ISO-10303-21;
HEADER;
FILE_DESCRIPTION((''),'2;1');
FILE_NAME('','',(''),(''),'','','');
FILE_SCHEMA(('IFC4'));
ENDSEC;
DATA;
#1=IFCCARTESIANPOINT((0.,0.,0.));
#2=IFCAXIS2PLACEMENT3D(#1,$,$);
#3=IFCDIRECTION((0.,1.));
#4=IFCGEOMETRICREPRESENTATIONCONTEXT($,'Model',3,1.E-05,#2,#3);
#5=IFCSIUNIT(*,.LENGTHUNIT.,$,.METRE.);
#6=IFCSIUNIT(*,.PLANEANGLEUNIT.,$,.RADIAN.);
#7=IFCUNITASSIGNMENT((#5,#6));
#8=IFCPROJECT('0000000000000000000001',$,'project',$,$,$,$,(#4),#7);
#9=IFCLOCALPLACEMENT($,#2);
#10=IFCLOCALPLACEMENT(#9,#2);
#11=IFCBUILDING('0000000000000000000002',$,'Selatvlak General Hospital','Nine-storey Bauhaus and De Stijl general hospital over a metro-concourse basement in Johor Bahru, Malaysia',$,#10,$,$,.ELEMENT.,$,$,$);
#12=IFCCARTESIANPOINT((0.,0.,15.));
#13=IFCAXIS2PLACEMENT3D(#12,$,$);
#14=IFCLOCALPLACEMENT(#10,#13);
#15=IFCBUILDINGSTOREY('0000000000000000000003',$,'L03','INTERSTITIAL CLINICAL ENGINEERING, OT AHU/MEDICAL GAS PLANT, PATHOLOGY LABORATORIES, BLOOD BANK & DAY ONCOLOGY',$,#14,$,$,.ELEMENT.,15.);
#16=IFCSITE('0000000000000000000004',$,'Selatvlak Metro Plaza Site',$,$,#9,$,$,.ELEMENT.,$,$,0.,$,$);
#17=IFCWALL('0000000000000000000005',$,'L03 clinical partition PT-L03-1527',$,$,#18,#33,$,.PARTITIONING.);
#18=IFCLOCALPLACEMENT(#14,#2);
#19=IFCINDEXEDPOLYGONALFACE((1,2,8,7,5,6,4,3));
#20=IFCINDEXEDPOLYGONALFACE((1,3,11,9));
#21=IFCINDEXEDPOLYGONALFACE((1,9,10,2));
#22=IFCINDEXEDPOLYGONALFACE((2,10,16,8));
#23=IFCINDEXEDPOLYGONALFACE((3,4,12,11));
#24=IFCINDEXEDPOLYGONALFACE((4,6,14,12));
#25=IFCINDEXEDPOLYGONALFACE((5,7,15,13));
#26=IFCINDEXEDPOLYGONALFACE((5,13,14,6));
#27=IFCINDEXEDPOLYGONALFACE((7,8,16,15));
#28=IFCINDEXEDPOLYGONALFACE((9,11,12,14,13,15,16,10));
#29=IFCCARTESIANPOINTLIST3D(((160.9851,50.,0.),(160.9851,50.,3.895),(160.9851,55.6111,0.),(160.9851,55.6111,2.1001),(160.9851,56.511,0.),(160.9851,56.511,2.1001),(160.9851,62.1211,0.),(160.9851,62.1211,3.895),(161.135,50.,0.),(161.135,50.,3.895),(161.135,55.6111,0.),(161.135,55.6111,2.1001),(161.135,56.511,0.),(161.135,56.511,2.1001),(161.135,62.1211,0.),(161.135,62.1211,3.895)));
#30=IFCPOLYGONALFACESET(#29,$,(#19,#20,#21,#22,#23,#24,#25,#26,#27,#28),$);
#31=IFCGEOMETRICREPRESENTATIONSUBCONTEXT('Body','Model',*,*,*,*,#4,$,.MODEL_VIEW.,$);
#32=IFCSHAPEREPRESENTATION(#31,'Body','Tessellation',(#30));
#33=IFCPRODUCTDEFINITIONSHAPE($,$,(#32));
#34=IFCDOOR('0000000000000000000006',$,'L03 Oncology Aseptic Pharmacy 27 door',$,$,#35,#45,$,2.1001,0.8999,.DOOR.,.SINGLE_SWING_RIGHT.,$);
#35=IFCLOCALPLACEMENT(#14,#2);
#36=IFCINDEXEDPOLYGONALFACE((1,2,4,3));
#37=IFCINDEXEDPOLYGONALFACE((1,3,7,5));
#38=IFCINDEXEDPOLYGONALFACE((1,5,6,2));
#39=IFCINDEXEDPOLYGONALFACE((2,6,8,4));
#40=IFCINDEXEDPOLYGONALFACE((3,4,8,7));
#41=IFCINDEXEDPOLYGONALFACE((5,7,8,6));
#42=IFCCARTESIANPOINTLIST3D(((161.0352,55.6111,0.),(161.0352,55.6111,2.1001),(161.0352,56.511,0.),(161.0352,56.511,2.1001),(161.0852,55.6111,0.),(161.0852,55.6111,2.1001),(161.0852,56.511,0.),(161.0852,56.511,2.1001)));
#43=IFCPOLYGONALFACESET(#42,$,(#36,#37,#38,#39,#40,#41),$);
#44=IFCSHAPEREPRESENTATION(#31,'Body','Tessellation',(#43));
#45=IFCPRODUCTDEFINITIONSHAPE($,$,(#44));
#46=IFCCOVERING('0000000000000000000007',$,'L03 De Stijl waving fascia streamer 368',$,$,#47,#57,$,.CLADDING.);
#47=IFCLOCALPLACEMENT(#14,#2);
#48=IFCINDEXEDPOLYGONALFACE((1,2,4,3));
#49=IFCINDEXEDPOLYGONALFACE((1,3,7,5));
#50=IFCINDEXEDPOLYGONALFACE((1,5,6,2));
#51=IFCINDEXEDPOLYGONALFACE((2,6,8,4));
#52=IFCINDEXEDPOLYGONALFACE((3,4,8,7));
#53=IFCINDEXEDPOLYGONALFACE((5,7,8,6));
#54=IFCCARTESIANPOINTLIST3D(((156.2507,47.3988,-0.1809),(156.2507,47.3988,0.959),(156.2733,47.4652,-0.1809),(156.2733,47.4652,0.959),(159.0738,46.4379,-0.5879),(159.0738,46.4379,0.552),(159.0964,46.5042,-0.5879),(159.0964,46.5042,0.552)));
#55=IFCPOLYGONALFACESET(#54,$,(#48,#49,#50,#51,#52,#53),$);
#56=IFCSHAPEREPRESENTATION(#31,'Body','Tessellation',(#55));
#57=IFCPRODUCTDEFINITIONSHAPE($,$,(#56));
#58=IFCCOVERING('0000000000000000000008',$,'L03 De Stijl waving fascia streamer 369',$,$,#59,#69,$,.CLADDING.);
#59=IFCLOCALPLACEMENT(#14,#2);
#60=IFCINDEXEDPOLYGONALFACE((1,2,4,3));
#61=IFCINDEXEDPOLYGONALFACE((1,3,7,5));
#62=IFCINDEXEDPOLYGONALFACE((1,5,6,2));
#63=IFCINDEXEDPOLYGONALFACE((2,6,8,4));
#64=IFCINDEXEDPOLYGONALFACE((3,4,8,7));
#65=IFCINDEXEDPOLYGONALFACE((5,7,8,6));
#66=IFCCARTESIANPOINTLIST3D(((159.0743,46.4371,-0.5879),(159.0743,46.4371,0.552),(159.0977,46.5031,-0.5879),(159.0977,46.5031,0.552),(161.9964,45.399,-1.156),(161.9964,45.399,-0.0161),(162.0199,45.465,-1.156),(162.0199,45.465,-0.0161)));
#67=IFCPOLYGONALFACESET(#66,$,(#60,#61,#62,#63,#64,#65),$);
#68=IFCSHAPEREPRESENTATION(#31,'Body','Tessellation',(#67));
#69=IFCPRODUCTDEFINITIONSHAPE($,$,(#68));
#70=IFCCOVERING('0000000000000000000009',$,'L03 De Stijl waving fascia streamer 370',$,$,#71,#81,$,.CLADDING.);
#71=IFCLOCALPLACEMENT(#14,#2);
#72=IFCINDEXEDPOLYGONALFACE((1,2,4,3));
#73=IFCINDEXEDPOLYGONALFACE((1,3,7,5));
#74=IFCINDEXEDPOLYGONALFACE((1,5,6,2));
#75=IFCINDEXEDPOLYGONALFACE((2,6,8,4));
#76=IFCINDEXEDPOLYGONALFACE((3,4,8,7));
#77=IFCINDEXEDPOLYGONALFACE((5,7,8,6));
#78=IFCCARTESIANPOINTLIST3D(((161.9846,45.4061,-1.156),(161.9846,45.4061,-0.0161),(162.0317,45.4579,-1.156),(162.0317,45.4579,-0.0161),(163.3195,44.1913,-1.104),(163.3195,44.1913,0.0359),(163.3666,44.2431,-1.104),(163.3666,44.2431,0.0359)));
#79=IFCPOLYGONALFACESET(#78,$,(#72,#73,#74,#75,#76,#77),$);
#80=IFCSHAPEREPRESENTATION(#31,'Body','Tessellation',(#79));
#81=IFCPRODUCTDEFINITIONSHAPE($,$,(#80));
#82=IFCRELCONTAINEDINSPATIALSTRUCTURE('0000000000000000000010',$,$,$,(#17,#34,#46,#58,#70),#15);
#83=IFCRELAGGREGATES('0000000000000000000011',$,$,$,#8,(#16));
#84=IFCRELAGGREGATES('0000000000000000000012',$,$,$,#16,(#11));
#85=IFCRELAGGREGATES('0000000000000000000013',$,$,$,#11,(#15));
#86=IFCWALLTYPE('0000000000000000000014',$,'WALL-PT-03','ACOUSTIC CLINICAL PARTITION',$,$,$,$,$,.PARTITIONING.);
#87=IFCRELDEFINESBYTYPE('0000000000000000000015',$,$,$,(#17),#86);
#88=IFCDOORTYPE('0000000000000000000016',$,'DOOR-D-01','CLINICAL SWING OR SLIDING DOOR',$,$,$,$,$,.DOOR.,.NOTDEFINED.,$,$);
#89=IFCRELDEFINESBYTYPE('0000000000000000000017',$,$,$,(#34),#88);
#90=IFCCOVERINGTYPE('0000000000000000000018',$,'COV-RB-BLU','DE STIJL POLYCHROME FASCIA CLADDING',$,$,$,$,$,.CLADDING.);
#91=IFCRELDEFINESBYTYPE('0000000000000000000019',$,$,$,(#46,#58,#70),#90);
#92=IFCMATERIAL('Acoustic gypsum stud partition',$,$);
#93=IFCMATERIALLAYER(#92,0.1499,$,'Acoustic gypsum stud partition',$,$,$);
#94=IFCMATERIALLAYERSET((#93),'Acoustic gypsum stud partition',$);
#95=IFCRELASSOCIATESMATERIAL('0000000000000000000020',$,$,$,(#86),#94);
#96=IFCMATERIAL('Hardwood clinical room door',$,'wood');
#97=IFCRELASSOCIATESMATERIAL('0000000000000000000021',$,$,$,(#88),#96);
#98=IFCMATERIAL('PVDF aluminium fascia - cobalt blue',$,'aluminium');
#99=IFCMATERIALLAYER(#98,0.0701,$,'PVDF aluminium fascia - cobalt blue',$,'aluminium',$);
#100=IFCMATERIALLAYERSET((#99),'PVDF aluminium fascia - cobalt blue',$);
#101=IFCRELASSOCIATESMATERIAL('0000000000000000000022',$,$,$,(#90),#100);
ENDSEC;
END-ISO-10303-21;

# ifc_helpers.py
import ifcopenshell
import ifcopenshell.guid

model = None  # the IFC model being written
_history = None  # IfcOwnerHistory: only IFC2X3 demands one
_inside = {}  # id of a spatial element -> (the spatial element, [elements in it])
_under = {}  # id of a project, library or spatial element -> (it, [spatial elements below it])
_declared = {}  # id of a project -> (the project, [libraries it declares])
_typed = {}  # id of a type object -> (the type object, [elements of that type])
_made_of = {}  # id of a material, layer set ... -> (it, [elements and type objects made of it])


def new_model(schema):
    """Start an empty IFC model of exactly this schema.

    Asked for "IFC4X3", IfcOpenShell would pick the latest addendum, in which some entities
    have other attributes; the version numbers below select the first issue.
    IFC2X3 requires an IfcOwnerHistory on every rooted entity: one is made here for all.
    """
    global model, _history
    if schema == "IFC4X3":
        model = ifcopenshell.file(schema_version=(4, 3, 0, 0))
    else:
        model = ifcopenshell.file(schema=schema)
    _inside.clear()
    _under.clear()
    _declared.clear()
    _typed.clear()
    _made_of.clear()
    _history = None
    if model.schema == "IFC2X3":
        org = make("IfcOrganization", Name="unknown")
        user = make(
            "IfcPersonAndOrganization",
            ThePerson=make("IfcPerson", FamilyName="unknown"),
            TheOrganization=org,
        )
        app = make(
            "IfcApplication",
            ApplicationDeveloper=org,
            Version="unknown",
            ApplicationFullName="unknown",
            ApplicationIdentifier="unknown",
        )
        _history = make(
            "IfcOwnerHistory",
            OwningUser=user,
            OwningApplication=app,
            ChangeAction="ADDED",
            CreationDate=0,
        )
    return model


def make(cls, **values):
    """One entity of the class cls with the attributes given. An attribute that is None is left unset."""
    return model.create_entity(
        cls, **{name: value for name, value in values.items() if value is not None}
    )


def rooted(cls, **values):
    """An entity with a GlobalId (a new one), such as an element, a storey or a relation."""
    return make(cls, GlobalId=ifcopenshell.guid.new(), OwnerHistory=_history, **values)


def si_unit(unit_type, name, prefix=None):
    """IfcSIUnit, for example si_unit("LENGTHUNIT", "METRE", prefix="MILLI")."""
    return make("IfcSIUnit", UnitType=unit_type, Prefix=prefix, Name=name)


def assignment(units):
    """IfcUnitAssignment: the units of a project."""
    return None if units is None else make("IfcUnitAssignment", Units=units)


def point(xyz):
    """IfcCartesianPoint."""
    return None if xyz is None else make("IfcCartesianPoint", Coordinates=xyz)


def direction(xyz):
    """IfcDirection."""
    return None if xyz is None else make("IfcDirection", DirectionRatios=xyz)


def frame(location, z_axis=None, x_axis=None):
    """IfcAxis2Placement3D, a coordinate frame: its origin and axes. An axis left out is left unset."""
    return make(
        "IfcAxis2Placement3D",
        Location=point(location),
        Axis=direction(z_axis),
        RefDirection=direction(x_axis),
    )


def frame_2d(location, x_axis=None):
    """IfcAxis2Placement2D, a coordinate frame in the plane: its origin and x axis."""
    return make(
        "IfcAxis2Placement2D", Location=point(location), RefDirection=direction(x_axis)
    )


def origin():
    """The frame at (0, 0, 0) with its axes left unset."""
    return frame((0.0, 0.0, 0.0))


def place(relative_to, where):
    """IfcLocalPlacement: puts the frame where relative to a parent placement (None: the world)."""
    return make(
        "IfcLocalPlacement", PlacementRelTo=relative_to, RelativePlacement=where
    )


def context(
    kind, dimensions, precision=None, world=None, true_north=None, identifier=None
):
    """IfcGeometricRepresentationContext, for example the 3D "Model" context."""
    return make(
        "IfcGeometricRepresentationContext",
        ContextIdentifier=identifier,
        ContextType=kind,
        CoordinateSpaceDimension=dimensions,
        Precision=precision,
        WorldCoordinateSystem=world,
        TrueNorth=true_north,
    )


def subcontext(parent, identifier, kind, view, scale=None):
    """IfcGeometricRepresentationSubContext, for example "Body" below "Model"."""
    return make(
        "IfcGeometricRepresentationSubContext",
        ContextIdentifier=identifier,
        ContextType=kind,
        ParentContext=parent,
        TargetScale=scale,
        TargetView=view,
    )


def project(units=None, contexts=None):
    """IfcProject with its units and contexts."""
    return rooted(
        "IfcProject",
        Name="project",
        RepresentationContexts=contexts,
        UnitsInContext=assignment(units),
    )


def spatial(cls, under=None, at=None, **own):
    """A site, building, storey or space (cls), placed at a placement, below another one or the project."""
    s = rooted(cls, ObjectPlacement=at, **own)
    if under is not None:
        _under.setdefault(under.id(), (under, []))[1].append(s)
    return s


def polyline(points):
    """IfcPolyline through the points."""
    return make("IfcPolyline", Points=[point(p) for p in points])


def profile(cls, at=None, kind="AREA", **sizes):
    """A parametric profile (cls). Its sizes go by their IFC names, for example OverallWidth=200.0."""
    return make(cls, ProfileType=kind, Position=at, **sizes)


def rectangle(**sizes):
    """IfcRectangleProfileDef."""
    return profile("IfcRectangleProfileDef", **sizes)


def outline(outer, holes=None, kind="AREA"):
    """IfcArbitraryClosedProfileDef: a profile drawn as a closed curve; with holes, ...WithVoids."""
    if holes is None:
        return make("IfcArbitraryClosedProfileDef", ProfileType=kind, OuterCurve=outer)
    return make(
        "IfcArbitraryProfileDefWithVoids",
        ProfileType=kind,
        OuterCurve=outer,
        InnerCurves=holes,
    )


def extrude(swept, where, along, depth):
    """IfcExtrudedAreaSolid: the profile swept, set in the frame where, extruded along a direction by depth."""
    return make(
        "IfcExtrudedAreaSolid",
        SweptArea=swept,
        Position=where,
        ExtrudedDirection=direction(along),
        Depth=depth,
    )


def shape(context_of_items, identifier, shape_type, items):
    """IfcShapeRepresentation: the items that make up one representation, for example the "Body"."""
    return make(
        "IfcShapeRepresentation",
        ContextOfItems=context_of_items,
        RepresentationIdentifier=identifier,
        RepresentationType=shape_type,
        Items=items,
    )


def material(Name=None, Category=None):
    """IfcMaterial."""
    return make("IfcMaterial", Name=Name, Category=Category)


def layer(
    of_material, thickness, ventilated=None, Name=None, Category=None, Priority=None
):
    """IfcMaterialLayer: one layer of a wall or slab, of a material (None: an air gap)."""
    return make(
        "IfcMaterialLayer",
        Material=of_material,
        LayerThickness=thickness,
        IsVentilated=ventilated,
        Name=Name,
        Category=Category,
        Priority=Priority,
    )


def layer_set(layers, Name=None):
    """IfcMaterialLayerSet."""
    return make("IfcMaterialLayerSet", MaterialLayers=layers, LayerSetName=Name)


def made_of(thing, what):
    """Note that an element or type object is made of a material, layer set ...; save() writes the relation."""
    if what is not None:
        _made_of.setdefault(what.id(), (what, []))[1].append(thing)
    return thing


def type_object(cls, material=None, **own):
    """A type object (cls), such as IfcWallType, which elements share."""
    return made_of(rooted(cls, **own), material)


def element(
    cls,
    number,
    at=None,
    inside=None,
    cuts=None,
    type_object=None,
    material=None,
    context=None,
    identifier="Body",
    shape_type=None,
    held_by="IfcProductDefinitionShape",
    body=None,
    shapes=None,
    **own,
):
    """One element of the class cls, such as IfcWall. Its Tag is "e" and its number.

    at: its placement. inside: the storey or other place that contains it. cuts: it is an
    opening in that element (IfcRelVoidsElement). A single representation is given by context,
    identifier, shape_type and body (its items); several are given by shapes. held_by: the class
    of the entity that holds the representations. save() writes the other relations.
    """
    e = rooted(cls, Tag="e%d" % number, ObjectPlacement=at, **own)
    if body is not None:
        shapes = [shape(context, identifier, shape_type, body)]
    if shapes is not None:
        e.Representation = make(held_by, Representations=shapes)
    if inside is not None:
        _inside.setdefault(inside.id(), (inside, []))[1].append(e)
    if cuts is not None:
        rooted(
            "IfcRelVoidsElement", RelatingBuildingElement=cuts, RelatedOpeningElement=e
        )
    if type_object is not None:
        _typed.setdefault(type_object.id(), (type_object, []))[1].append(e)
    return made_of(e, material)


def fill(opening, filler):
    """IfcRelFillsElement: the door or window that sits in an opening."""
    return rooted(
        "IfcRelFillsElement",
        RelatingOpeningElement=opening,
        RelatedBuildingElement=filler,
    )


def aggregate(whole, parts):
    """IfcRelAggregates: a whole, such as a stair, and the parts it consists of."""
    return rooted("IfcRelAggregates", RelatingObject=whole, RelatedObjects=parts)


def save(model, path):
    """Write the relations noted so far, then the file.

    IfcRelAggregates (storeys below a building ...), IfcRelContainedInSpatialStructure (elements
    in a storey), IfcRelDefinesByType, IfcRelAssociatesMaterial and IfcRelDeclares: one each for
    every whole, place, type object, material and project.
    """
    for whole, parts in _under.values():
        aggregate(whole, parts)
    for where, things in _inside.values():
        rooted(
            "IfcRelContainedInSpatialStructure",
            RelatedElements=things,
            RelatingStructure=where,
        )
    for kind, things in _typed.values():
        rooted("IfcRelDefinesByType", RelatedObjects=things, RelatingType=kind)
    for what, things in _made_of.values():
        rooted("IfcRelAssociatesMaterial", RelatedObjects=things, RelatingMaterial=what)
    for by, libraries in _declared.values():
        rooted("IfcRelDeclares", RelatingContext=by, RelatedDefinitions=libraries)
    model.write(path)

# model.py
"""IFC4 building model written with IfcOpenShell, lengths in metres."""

from ifc_helpers import new_model, si_unit, direction, frame, frame_2d, origin, place, context, subcontext, project, spatial, polyline, rectangle, outline, extrude, material, layer, layer_set, type_object, element, fill, save


model = new_model("IFC4")

# Units and contexts
model_context = context("Model", 3, precision=1e-05, world=origin(), true_north=direction((0.0, 1.0)))
body_context = subcontext(model_context, "Body", "Model", "MODEL_VIEW")
ifc_project = project(units=[si_unit("LENGTHUNIT", "METRE"), si_unit("PLANEANGLEUNIT", "RADIAN")], contexts=[model_context])

# Site, building, storey
site_placement = place(None, origin())
site = spatial("IfcSite", under=ifc_project, at=site_placement, Name="Selatvlak Metro Plaza Site", CompositionType="ELEMENT", RefElevation=0.0)
building_placement = place(site_placement, origin())
building = spatial("IfcBuilding", under=site, at=building_placement, Name="Selatvlak General Hospital", Description="Nine-storey Bauhaus and De Stijl general hospital over a metro-concourse basement in Johor Bahru, Malaysia", CompositionType="ELEMENT")
storey_placement = place(building_placement, frame((0.0, 0.0, 15.0)))
storey = spatial("IfcBuildingStorey", under=building, at=storey_placement, Name="L03", Description="INTERSTITIAL CLINICAL ENGINEERING, OT AHU/MEDICAL GAS PLANT, PATHOLOGY LABORATORIES, BLOOD BANK & DAY ONCOLOGY", CompositionType="ELEMENT", Elevation=15.0)

# Shared definitions
ifc_material_1 = material(Name="Acoustic gypsum stud partition")

# Wall, opening, door
ifc_layer_1 = layer(ifc_material_1, 0.1499, Name="Acoustic gypsum stud partition")
ifc_layer_set_1 = layer_set([ifc_layer_1], Name="Acoustic gypsum stud partition")
wall_type_1 = type_object("IfcWallType", Name="WALL-PT-03", Description="ACOUSTIC CLINICAL PARTITION", PredefinedType="PARTITIONING", material=ifc_layer_set_1)
wall_1_placement = place(storey_placement, frame((161.0601, 50.0, 0.0), z_axis=(0.0, 0.0, 1.0), x_axis=(0.0, 1.0, 0.0)))
wall_1 = element("IfcWall", 1, at=wall_1_placement, inside=storey, type_object=wall_type_1, Name="L03 clinical partition PT-L03-1527", PredefinedType="PARTITIONING", context=body_context, shape_type="SweptSolid", body=[
    extrude(rectangle(XDim=12.1211, YDim=0.1499, at=frame_2d((6.0605, 0.0))), origin(), (0.0, 0.0, 1.0), 3.895),
])
opening_placement = place(wall_1_placement, frame((5.6111, 0.0, 0.0)))
opening = element("IfcOpeningElement", 2, at=opening_placement, cuts=wall_1, PredefinedType="OPENING", context=body_context, shape_type="SweptSolid", body=[
    extrude(rectangle(XDim=0.8999, YDim=2.1001, at=frame_2d((0.45, 1.05))), frame((0.0, 0.085, 0.0), z_axis=(0.0, -1.0, 0.0), x_axis=(1.0, 0.0, 0.0)), (0.0, 0.0, 1.0), 0.1699),
])
ifc_material_2 = material(Name="Hardwood clinical room door", Category="wood")
door_type = type_object("IfcDoorType", Name="DOOR-D-01", Description="CLINICAL SWING OR SLIDING DOOR", OperationType="NOTDEFINED", PredefinedType="DOOR", material=ifc_material_2)
door_placement = place(opening_placement, origin())
door = element("IfcDoor", 3, at=door_placement, inside=storey, type_object=door_type, Name="L03 Oncology Aseptic Pharmacy 27 door", OperationType="SINGLE_SWING_RIGHT", OverallHeight=2.1001, OverallWidth=0.8999, PredefinedType="DOOR", context=body_context, shape_type="SweptSolid", body=[
    extrude(rectangle(XDim=0.8999, YDim=2.1001, at=frame_2d((0.45, 1.05))), frame((0.0, 0.0249, 0.0), z_axis=(0.0, -1.0, 0.0), x_axis=(1.0, 0.0, 0.0)), (0.0, 0.0, 1.0), 0.05),
])
fill(opening, door)

# Coverings
ifc_material_3 = material(Name="PVDF aluminium fascia - cobalt blue", Category="aluminium")
ifc_layer_2 = layer(ifc_material_3, 0.0701, Name="PVDF aluminium fascia - cobalt blue", Category="aluminium")
ifc_layer_set_2 = layer_set([ifc_layer_2], Name="PVDF aluminium fascia - cobalt blue")
covering_type = type_object("IfcCoveringType", Name="COV-RB-BLU", Description="DE STIJL POLYCHROME FASCIA CLADDING", PredefinedType="CLADDING", material=ifc_layer_set_2)
covering_1_placement = place(storey_placement, frame((156.262, 47.4319, -0.1809), z_axis=(0.0, 0.0, 1.0), x_axis=(0.946658, -0.322239, 0.0)))
element("IfcCovering", 4, at=covering_1_placement, inside=storey, type_object=covering_type, Name="L03 De Stijl waving fascia streamer 368", PredefinedType="CLADDING", context=body_context, shape_type="SweptSolid", body=[
    extrude(outline(polyline([(0.0, 0.0), (2.9822, -0.407), (2.9822, 0.7329), (0.0, 1.1399), (0.0, 0.0)])), frame((0.0, 0.0352, 0.0), z_axis=(0.0, -1.0, 0.0), x_axis=(1.0, 0.0, 0.0)), (0.0, 0.0, 1.0), 0.0701),
])
covering_2_placement = place(storey_placement, frame((159.0859, 46.47, -0.5879), z_axis=(0.0, 0.0, 1.0), x_axis=(0.942305, -0.334755, 0.0)))
element("IfcCovering", 5, at=covering_2_placement, inside=storey, type_object=covering_type, Name="L03 De Stijl waving fascia streamer 369", PredefinedType="CLADDING", context=body_context, shape_type="SweptSolid", body=[
    extrude(outline(polyline([(0.0, 0.0), (3.1011, -0.5681), (3.1011, 0.5718), (0.0, 1.1399), (0.0, 0.0)])), frame((0.0, 0.0352, 0.0), z_axis=(0.0, -1.0, 0.0), x_axis=(1.0, 0.0, 0.0)), (0.0, 0.0, 1.0), 0.0701),
])
covering_3_placement = place(storey_placement, frame((162.0081, 45.4319, -1.156), z_axis=(0.0, 0.0, 1.0), x_axis=(0.739597, -0.67305, 0.0)))
element("IfcCovering", 6, at=covering_3_placement, inside=storey, type_object=covering_type, Name="L03 De Stijl waving fascia streamer 370", PredefinedType="CLADDING", context=body_context, shape_type="SweptSolid", body=[
    extrude(outline(polyline([(0.0, 0.0), (1.8049, 0.052), (1.8049, 1.1919), (0.0, 1.1399), (0.0, 0.0)])), frame((0.0, 0.0352, 0.0), z_axis=(0.0, -1.0, 0.0), x_axis=(1.0, 0.0, 0.0)), (0.0, 0.0, 1.0), 0.0701),
])

save(model, "model.ifc")
